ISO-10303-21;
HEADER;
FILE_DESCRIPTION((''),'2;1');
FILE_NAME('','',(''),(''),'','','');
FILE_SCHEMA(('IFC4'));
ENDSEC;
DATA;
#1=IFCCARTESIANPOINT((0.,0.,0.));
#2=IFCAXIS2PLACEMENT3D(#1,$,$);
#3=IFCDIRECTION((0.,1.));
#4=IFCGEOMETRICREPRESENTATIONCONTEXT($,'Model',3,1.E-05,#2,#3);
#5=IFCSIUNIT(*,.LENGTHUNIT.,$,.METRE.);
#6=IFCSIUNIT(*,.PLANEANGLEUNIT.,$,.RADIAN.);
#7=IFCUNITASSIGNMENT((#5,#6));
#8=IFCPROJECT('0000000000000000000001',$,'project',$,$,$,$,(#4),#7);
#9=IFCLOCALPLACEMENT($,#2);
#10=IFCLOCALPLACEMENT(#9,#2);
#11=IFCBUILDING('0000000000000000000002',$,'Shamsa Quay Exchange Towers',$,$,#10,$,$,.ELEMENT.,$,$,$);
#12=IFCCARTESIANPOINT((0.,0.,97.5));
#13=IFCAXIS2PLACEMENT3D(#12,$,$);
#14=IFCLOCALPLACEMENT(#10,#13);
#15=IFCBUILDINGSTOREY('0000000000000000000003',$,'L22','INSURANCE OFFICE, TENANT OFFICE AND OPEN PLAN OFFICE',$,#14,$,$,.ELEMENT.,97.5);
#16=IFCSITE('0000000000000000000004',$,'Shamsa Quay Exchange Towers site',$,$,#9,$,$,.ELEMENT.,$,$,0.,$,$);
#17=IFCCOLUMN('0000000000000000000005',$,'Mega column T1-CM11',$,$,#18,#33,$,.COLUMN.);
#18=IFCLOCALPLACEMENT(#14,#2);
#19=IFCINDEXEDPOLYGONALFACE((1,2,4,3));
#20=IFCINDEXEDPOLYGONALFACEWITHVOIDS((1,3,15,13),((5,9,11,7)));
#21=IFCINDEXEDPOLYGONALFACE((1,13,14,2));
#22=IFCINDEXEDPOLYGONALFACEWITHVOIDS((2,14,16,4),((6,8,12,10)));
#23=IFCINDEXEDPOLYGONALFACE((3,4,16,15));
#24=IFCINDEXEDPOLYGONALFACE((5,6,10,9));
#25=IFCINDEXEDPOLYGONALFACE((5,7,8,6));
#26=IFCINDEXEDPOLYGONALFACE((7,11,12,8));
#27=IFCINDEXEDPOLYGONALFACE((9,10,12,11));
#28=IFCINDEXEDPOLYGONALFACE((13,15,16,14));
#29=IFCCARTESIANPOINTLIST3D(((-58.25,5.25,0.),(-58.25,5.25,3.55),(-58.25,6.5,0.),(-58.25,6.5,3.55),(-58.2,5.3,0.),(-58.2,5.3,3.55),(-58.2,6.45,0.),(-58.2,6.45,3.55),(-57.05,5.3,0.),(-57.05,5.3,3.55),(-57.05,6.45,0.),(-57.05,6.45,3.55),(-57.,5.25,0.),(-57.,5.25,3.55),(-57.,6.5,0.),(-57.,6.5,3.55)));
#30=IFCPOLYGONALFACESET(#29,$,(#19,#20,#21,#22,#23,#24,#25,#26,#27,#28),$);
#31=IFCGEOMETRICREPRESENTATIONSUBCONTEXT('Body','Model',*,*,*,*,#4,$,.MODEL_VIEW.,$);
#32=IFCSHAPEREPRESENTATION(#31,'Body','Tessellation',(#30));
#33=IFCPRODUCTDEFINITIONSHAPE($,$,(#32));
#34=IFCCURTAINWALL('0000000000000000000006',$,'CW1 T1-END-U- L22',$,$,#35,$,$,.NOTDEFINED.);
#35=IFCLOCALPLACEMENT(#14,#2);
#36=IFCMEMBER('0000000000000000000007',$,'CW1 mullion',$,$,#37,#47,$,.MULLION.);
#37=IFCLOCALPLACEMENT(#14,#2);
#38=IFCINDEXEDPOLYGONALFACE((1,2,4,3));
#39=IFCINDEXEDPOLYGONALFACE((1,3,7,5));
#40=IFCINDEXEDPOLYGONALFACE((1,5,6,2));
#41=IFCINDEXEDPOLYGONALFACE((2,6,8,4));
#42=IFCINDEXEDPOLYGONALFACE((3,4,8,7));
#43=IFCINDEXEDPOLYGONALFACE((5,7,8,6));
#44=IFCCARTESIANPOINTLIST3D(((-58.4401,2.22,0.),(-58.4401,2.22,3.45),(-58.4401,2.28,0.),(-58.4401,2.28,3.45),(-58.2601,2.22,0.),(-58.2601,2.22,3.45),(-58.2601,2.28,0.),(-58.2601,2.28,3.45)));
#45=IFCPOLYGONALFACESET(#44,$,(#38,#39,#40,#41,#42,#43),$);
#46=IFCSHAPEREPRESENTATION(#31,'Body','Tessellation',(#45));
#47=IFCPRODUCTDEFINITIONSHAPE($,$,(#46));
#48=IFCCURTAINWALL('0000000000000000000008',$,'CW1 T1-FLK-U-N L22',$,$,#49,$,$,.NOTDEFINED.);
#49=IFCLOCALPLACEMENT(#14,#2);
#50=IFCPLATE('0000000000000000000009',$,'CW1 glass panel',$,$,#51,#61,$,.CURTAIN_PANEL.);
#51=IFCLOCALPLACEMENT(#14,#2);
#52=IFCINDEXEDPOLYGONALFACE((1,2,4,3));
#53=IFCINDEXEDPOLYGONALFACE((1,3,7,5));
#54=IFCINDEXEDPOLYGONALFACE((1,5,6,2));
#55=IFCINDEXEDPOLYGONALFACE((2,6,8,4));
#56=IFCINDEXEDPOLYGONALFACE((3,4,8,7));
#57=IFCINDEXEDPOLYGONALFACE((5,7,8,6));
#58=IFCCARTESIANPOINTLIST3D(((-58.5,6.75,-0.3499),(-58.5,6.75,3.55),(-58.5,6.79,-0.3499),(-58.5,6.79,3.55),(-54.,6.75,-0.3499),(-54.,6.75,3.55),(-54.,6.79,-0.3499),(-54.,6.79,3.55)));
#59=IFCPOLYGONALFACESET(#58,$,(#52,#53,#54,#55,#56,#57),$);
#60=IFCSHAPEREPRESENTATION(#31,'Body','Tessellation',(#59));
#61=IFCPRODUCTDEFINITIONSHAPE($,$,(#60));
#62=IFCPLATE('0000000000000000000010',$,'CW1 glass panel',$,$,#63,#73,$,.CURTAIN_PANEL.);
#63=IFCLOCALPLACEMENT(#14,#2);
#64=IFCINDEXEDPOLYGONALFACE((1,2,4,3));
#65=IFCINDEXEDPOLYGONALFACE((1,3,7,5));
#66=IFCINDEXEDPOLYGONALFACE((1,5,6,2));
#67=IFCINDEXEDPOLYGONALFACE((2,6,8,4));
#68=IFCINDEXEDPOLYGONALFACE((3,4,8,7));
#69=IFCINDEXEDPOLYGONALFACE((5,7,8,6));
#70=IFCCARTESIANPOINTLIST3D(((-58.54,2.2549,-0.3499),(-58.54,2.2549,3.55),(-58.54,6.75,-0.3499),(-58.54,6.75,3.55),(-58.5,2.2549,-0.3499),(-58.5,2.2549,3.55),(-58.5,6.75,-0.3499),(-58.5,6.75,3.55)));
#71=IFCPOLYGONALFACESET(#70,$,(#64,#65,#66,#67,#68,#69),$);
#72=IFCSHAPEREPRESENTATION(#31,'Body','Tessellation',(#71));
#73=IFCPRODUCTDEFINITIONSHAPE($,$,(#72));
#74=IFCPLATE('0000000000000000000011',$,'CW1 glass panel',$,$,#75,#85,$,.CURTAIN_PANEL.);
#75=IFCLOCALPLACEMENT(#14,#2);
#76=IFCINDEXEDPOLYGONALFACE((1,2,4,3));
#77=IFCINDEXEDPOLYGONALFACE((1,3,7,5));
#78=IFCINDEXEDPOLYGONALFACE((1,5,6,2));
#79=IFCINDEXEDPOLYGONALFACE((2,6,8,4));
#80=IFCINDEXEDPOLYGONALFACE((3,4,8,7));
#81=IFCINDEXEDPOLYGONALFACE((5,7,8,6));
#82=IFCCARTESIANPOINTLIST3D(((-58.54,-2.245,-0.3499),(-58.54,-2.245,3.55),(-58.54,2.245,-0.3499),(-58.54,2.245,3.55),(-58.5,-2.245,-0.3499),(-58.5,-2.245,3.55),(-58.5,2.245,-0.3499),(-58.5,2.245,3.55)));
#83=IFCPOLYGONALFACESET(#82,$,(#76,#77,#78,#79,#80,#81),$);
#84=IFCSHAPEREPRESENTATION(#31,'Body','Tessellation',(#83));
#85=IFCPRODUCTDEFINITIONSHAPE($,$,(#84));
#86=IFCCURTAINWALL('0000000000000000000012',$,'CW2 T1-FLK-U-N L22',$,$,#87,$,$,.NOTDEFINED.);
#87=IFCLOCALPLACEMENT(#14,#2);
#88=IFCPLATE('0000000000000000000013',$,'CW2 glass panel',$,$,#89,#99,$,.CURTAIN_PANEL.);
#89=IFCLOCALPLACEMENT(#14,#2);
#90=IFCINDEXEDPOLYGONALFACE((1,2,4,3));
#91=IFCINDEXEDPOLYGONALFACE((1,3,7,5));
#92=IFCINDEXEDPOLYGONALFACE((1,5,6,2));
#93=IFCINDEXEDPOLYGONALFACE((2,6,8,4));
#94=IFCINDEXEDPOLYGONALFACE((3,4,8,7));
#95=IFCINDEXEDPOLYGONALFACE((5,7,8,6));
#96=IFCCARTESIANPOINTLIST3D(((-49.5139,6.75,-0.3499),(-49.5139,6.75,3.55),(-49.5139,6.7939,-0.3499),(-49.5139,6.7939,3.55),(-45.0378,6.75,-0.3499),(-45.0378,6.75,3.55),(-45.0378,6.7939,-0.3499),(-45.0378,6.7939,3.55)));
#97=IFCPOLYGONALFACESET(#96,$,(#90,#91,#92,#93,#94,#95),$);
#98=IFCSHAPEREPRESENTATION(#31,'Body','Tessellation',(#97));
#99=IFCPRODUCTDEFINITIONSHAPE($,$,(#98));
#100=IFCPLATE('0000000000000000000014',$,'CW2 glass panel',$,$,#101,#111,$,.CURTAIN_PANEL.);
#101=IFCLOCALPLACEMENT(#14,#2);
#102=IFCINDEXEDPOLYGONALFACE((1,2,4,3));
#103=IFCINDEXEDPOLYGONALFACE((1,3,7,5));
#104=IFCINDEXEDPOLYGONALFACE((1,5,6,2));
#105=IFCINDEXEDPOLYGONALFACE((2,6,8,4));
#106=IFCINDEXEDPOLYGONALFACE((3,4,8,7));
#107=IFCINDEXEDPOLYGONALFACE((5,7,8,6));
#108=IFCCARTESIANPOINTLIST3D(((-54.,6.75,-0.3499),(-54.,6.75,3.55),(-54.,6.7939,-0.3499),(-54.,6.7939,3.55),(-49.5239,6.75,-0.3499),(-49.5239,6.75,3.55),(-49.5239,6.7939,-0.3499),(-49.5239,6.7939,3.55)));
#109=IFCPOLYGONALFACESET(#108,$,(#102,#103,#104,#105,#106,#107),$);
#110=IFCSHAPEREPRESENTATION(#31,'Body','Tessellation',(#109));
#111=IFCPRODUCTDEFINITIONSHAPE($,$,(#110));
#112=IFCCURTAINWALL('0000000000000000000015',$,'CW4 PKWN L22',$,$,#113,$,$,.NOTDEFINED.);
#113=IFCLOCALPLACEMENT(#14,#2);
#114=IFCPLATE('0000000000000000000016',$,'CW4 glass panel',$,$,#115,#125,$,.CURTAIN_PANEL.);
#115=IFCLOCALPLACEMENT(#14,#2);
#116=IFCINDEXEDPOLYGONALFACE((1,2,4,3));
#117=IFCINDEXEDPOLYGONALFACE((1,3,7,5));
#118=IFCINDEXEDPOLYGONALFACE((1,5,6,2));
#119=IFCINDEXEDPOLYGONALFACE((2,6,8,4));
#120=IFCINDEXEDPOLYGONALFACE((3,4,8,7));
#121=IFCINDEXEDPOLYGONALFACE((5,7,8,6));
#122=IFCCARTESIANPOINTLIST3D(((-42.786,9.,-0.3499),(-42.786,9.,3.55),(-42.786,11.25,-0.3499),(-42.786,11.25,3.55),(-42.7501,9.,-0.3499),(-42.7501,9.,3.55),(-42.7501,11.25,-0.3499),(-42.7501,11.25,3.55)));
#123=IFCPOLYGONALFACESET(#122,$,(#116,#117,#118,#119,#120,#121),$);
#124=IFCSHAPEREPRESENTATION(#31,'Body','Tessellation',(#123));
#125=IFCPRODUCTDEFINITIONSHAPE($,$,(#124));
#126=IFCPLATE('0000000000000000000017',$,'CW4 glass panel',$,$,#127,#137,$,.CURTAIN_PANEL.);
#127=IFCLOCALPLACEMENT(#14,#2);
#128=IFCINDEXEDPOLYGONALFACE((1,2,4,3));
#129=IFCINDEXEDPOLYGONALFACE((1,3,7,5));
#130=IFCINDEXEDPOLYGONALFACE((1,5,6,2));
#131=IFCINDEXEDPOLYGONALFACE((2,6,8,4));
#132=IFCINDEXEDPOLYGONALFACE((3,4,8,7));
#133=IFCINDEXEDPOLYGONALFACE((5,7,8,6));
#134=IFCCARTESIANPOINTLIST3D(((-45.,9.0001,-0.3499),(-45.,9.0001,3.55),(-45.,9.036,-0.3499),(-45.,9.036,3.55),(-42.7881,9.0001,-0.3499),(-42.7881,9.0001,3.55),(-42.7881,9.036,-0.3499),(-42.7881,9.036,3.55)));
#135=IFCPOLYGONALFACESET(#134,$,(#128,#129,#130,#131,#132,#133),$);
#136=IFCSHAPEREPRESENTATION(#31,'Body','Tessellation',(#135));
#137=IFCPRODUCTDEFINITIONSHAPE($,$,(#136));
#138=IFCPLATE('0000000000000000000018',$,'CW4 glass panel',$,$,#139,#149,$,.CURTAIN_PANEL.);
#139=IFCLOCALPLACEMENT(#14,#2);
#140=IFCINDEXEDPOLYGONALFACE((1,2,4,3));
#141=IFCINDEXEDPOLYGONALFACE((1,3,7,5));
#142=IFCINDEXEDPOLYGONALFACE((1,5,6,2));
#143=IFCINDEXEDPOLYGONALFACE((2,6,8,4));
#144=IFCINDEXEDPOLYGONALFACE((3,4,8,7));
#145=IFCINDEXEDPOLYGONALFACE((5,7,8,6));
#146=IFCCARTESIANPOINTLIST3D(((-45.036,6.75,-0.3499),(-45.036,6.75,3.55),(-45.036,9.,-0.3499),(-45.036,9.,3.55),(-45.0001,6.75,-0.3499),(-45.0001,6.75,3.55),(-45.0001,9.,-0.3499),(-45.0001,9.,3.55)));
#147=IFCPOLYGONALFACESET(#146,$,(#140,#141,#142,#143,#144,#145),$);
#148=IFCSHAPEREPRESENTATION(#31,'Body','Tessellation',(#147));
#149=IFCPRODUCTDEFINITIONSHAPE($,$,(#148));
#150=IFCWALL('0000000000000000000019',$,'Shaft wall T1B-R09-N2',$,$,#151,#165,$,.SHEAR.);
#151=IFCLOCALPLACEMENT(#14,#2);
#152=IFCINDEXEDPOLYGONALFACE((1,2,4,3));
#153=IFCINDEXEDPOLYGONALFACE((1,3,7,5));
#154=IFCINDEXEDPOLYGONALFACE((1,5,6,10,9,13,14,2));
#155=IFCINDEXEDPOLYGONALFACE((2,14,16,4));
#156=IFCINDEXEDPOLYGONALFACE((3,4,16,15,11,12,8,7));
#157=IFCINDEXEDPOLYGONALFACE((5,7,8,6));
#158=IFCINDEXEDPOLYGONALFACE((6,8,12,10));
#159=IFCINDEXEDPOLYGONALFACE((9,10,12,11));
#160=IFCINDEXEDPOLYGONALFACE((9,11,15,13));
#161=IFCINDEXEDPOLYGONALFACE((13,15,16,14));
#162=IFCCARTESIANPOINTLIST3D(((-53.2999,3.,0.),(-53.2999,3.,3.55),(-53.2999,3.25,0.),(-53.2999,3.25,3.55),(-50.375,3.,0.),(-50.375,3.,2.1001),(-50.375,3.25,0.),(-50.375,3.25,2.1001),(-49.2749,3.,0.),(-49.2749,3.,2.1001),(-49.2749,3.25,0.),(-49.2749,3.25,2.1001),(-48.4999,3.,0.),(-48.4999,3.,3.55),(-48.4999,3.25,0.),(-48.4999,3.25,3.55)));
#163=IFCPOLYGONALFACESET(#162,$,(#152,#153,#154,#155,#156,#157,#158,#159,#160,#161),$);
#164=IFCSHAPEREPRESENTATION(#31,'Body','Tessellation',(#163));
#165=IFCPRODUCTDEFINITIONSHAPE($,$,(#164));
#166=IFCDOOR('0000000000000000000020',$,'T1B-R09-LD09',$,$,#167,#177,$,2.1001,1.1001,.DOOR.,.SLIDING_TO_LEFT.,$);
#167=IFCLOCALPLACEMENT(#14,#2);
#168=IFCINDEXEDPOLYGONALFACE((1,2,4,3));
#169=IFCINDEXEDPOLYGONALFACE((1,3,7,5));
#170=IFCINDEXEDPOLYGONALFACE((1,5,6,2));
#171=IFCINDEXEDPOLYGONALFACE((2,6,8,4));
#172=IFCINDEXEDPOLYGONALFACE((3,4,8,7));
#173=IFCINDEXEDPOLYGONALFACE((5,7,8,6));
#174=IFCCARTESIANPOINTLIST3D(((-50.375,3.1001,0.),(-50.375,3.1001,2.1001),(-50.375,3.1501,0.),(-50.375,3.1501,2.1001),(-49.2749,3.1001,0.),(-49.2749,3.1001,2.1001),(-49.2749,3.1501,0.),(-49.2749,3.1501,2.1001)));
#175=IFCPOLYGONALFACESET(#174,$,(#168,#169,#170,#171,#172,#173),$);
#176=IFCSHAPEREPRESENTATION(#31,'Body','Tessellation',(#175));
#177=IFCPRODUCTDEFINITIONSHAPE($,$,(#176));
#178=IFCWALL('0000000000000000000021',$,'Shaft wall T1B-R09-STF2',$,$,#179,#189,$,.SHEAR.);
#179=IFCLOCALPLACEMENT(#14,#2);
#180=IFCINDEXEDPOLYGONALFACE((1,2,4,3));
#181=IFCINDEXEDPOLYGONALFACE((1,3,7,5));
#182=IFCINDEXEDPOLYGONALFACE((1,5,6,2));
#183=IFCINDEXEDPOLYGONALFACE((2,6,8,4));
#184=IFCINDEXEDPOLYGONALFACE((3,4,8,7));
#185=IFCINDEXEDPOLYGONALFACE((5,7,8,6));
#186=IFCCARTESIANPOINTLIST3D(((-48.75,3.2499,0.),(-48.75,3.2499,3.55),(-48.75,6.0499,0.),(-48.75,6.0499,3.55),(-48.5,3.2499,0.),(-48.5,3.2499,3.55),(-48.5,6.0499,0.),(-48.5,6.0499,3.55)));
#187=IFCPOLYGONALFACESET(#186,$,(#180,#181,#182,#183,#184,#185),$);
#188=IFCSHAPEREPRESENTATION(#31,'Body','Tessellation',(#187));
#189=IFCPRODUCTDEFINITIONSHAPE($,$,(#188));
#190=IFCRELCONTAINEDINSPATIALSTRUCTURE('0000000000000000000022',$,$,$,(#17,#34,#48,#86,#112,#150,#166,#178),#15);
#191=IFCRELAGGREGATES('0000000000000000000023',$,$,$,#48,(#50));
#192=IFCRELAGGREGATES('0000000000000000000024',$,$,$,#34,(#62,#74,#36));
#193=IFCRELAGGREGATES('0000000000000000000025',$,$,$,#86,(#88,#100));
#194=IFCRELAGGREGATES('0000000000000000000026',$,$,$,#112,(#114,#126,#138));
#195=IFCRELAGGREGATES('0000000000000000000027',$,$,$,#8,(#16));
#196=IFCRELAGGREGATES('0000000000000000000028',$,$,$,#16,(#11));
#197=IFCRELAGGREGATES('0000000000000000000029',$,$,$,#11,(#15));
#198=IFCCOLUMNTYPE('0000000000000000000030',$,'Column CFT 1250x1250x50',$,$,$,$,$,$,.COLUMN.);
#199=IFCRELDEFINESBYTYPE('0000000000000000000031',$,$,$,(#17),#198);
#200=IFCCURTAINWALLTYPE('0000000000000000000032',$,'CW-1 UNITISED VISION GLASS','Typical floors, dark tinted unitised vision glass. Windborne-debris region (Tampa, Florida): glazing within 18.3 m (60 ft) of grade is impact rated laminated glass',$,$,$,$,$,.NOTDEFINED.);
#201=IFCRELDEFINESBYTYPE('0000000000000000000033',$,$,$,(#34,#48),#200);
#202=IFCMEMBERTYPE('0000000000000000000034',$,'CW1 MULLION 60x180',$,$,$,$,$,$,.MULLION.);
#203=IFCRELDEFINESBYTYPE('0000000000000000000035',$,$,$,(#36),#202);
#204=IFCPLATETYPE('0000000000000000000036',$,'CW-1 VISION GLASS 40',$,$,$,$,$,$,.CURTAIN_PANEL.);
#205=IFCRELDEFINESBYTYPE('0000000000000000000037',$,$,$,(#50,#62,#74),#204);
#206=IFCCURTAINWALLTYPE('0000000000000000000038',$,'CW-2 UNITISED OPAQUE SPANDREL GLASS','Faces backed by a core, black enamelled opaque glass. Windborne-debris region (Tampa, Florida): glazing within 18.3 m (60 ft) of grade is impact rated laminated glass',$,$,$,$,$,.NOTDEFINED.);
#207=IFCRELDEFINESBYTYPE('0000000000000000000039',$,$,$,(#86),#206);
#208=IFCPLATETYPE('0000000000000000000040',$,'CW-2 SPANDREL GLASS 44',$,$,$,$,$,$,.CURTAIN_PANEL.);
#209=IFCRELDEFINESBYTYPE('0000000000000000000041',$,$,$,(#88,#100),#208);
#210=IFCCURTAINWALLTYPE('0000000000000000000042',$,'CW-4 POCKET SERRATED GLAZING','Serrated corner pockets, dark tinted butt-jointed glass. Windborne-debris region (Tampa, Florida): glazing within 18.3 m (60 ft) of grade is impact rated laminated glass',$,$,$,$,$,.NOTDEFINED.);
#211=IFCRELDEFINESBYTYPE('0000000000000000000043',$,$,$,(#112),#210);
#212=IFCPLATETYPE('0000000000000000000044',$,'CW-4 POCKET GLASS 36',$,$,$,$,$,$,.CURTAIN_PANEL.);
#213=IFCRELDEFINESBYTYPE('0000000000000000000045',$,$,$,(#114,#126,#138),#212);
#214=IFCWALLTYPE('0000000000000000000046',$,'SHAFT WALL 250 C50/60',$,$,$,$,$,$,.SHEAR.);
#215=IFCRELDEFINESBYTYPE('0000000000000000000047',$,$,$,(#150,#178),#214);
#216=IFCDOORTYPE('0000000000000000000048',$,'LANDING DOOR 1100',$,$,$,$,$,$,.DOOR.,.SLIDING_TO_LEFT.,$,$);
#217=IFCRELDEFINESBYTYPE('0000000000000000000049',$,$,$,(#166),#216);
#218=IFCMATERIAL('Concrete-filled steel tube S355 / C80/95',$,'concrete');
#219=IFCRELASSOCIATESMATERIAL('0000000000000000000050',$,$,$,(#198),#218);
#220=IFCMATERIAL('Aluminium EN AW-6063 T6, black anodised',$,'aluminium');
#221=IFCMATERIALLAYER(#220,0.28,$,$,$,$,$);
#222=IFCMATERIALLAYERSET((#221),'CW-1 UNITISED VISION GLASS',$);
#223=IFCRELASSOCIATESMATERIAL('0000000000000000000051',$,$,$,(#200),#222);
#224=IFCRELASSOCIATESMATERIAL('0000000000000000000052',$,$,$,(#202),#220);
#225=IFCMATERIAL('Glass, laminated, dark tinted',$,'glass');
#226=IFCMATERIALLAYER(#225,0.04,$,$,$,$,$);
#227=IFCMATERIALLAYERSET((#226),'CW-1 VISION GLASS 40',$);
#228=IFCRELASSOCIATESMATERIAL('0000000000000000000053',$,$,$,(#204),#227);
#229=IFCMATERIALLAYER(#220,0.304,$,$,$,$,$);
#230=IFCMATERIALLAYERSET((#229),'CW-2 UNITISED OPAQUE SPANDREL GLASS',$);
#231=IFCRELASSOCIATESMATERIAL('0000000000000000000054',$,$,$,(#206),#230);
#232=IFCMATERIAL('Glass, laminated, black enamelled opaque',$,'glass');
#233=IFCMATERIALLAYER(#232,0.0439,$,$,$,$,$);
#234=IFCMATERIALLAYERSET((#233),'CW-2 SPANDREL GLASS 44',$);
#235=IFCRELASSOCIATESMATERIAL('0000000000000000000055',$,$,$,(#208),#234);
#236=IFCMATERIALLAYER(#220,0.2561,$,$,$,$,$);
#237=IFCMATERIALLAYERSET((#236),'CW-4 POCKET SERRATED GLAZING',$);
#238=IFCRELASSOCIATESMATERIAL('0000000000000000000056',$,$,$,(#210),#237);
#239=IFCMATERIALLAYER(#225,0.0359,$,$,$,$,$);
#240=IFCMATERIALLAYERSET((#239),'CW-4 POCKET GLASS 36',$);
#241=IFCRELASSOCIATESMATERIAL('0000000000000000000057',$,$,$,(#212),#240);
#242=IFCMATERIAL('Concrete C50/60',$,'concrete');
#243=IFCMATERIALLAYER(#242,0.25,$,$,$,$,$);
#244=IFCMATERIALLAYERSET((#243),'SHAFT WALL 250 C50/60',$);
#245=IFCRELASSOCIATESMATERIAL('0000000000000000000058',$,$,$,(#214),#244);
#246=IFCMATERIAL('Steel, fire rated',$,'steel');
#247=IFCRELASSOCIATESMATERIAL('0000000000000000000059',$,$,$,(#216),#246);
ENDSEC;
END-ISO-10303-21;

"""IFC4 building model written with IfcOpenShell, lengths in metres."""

from ifc_helpers import new_model, si_unit, direction, frame, frame_2d, origin, origin_2d, place, context, subcontext, project, spatial, rectangle, hollow_rectangle, extrude, material, layer, layer_set, material_profile, profile_set, type_object, element, fill, aggregate, save


model = new_model("IFC4")

# Units and contexts
model_context = context("Model", 3, precision=1e-05, world=origin(), true_north=direction((0.0, 1.0)))
body_context = subcontext(model_context, "Body", "Model", "MODEL_VIEW")
ifc_project = project(units=[si_unit("LENGTHUNIT", "METRE"), si_unit("PLANEANGLEUNIT", "RADIAN")], contexts=[model_context])

# Site, building, storey
site_placement = place(None, origin())
site = spatial("IfcSite", under=ifc_project, at=site_placement, Name="Shamsa Quay Exchange Towers site", CompositionType="ELEMENT", RefElevation=0.0)
building_placement = place(site_placement, origin())
building = spatial("IfcBuilding", under=site, at=building_placement, Name="Shamsa Quay Exchange Towers", CompositionType="ELEMENT")
storey_placement = place(building_placement, frame((0.0, 0.0, 97.5)))
storey = spatial("IfcBuildingStorey", under=building, at=storey_placement, Name="L22", Description="INSURANCE OFFICE, TENANT OFFICE AND OPEN PLAN OFFICE", CompositionType="ELEMENT", Elevation=97.5)

# Column
ifc_material_1 = material(Name="Concrete-filled steel tube S355 / C80/95", Category="concrete")
ifc_material_profile_1 = material_profile(ifc_material_1, hollow_rectangle(XDim=1.25, YDim=1.25, WallThickness=0.05, at=origin_2d()), Name="CFT 1250x1250x50")
ifc_profile_set_1 = profile_set([ifc_material_profile_1], Name="Concrete-filled steel tube S355 / C80/95")
column_type = type_object("IfcColumnType", Name="Column CFT 1250x1250x50", PredefinedType="COLUMN", material=ifc_profile_set_1)
column_placement = place(storey_placement, frame((-57.625, 5.875, 0.0)))
element("IfcColumn", 1, at=column_placement, inside=storey, type_object=column_type, Name="Mega column T1-CM11", PredefinedType="COLUMN", context=body_context, shape_type="SweptSolid", body=[
    extrude(hollow_rectangle(XDim=1.25, YDim=1.25, WallThickness=0.05, at=origin_2d()), origin(), (0.0, 0.0, 1.0), 3.55),
])

# Curtain wall, member
ifc_material_2 = material(Name="Aluminium EN AW-6063 T6, black anodised", Category="aluminium")
ifc_layer_1 = layer(ifc_material_2, 0.28)
ifc_layer_set_1 = layer_set([ifc_layer_1], Name="CW-1 UNITISED VISION GLASS")
curtain_wall_type_1 = type_object("IfcCurtainWallType", Name="CW-1 UNITISED VISION GLASS", Description="Typical floors, dark tinted unitised vision glass. Windborne-debris region (Tampa, Florida): glazing within 18.3 m (60 ft) of grade is impact rated laminated glass", PredefinedType="NOTDEFINED", material=ifc_layer_set_1)
curtain_wall_1_placement = place(storey_placement, origin())
curtain_wall_1 = element("IfcCurtainWall", 2, at=curtain_wall_1_placement, inside=storey, type_object=curtain_wall_type_1, Name="CW1 T1-END-U- L22", PredefinedType="NOTDEFINED")
ifc_material_profile_2 = material_profile(ifc_material_2, rectangle(XDim=0.1799, YDim=0.0601, at=origin_2d()), Name="MU60x180")
ifc_profile_set_2 = profile_set([ifc_material_profile_2], Name="Aluminium EN AW-6063 T6, black anodised")
member_type = type_object("IfcMemberType", Name="CW1 MULLION 60x180", PredefinedType="MULLION", material=ifc_profile_set_2)
member_placement = place(storey_placement, frame((-58.3501, 2.25, 0.0)))
member = element("IfcMember", 3, at=member_placement, type_object=member_type, Name="CW1 mullion", PredefinedType="MULLION", context=body_context, shape_type="SweptSolid", body=[
    extrude(rectangle(XDim=0.1799, YDim=0.0601, at=origin_2d()), origin(), (0.0, 0.0, 1.0), 3.45),
])

# Curtain wall, plate
curtain_wall_2_placement = place(storey_placement, origin())
curtain_wall_2 = element("IfcCurtainWall", 4, at=curtain_wall_2_placement, inside=storey, type_object=curtain_wall_type_1, Name="CW1 T1-FLK-U-N L22", PredefinedType="NOTDEFINED")
ifc_material_3 = material(Name="Glass, laminated, dark tinted", Category="glass")
ifc_layer_2 = layer(ifc_material_3, 0.04)
ifc_layer_set_2 = layer_set([ifc_layer_2], Name="CW-1 VISION GLASS 40")
plate_type_1 = type_object("IfcPlateType", Name="CW-1 VISION GLASS 40", PredefinedType="CURTAIN_PANEL", material=ifc_layer_set_2)
plate_1_placement = place(storey_placement, frame((-56.25, 6.77, -0.3499), z_axis=(0.0, 0.0, 1.0), x_axis=(-1.0, 0.0, 0.0)))
plate_1 = element("IfcPlate", 5, at=plate_1_placement, type_object=plate_type_1, Name="CW1 glass panel", PredefinedType="CURTAIN_PANEL", context=body_context, shape_type="SweptSolid", body=[
    extrude(rectangle(XDim=4.5, YDim=0.04, at=origin_2d()), origin(), (0.0, 0.0, 1.0), 3.8999),
])
aggregate(curtain_wall_2, [plate_1])

# Plates
plate_2_placement = place(storey_placement, frame((-58.52, 4.5024, -0.3499), z_axis=(0.0, 0.0, 1.0), x_axis=(0.0, -1.0, 0.0)))
plate_2 = element("IfcPlate", 6, at=plate_2_placement, type_object=plate_type_1, Name="CW1 glass panel", PredefinedType="CURTAIN_PANEL", context=body_context, shape_type="SweptSolid", body=[
    extrude(rectangle(XDim=4.4951, YDim=0.04, at=origin_2d()), origin(), (0.0, 0.0, 1.0), 3.8999),
])
plate_3_placement = place(storey_placement, frame((-58.52, 0.0, -0.3499), z_axis=(0.0, 0.0, 1.0), x_axis=(0.0, -1.0, 0.0)))
plate_3 = element("IfcPlate", 7, at=plate_3_placement, type_object=plate_type_1, Name="CW1 glass panel", PredefinedType="CURTAIN_PANEL", context=body_context, shape_type="SweptSolid", body=[
    extrude(rectangle(XDim=4.49, YDim=0.04, at=origin_2d()), origin(), (0.0, 0.0, 1.0), 3.8999),
])
aggregate(curtain_wall_1, [plate_2, plate_3, member])

# Curtain walls, plates
ifc_layer_3 = layer(ifc_material_2, 0.304)
ifc_layer_set_3 = layer_set([ifc_layer_3], Name="CW-2 UNITISED OPAQUE SPANDREL GLASS")
curtain_wall_type_2 = type_object("IfcCurtainWallType", Name="CW-2 UNITISED OPAQUE SPANDREL GLASS", Description="Faces backed by a core, black enamelled opaque glass. Windborne-debris region (Tampa, Florida): glazing within 18.3 m (60 ft) of grade is impact rated laminated glass", PredefinedType="NOTDEFINED", material=ifc_layer_set_3)
curtain_wall_3_placement = place(storey_placement, origin())
curtain_wall_3 = element("IfcCurtainWall", 8, at=curtain_wall_3_placement, inside=storey, type_object=curtain_wall_type_2, Name="CW2 T1-FLK-U-N L22", PredefinedType="NOTDEFINED")
ifc_material_4 = material(Name="Glass, laminated, black enamelled opaque", Category="glass")
ifc_layer_4 = layer(ifc_material_4, 0.0439)
ifc_layer_set_4 = layer_set([ifc_layer_4], Name="CW-2 SPANDREL GLASS 44")
plate_type_2 = type_object("IfcPlateType", Name="CW-2 SPANDREL GLASS 44", PredefinedType="CURTAIN_PANEL", material=ifc_layer_set_4)
plate_4_placement = place(storey_placement, frame((-47.2759, 6.772, -0.3499), z_axis=(0.0, 0.0, 1.0), x_axis=(-1.0, 0.0, 0.0)))
plate_4 = element("IfcPlate", 9, at=plate_4_placement, type_object=plate_type_2, Name="CW2 glass panel", PredefinedType="CURTAIN_PANEL", context=body_context, shape_type="SweptSolid", body=[
    extrude(rectangle(XDim=4.4761, YDim=0.0439, at=origin_2d()), origin(), (0.0, 0.0, 1.0), 3.8999),
])
plate_5_placement = place(storey_placement, frame((-51.762, 6.772, -0.3499), z_axis=(0.0, 0.0, 1.0), x_axis=(-1.0, 0.0, 0.0)))
plate_5 = element("IfcPlate", 10, at=plate_5_placement, type_object=plate_type_2, Name="CW2 glass panel", PredefinedType="CURTAIN_PANEL", context=body_context, shape_type="SweptSolid", body=[
    extrude(rectangle(XDim=4.4761, YDim=0.0439, at=origin_2d()), origin(), (0.0, 0.0, 1.0), 3.8999),
])
aggregate(curtain_wall_3, [plate_4, plate_5])
ifc_layer_5 = layer(ifc_material_2, 0.2561)
ifc_layer_set_5 = layer_set([ifc_layer_5], Name="CW-4 POCKET SERRATED GLAZING")
curtain_wall_type_3 = type_object("IfcCurtainWallType", Name="CW-4 POCKET SERRATED GLAZING", Description="Serrated corner pockets, dark tinted butt-jointed glass. Windborne-debris region (Tampa, Florida): glazing within 18.3 m (60 ft) of grade is impact rated laminated glass", PredefinedType="NOTDEFINED", material=ifc_layer_set_5)
curtain_wall_4_placement = place(storey_placement, origin())
curtain_wall_4 = element("IfcCurtainWall", 11, at=curtain_wall_4_placement, inside=storey, type_object=curtain_wall_type_3, Name="CW4 PKWN L22", PredefinedType="NOTDEFINED")
ifc_layer_6 = layer(ifc_material_3, 0.0359)
ifc_layer_set_6 = layer_set([ifc_layer_6], Name="CW-4 POCKET GLASS 36")
plate_type_3 = type_object("IfcPlateType", Name="CW-4 POCKET GLASS 36", PredefinedType="CURTAIN_PANEL", material=ifc_layer_set_6)
plate_6_placement = place(storey_placement, frame((-42.7681, 10.125, -0.3499), z_axis=(0.0, 0.0, 1.0), x_axis=(0.0, -1.0, 0.0)))
plate_6 = element("IfcPlate", 12, at=plate_6_placement, type_object=plate_type_3, Name="CW4 glass panel", PredefinedType="CURTAIN_PANEL", context=body_context, shape_type="SweptSolid", body=[
    extrude(rectangle(XDim=2.25, YDim=0.0359, at=origin_2d()), origin(), (0.0, 0.0, 1.0), 3.8999),
])
plate_7_placement = place(storey_placement, frame((-43.894, 9.0181, -0.3499), z_axis=(0.0, 0.0, 1.0), x_axis=(-1.0, 0.0, 0.0)))
plate_7 = element("IfcPlate", 13, at=plate_7_placement, type_object=plate_type_3, Name="CW4 glass panel", PredefinedType="CURTAIN_PANEL", context=body_context, shape_type="SweptSolid", body=[
    extrude(rectangle(XDim=2.2119, YDim=0.0359, at=origin_2d()), origin(), (0.0, 0.0, 1.0), 3.8999),
])
plate_8_placement = place(storey_placement, frame((-45.0181, 7.875, -0.3499), z_axis=(0.0, 0.0, 1.0), x_axis=(0.0, -1.0, 0.0)))
plate_8 = element("IfcPlate", 14, at=plate_8_placement, type_object=plate_type_3, Name="CW4 glass panel", PredefinedType="CURTAIN_PANEL", context=body_context, shape_type="SweptSolid", body=[
    extrude(rectangle(XDim=2.25, YDim=0.0359, at=origin_2d()), origin(), (0.0, 0.0, 1.0), 3.8999),
])
aggregate(curtain_wall_4, [plate_6, plate_7, plate_8])

# Wall, opening, door
ifc_material_5 = material(Name="Concrete C50/60", Category="concrete")
ifc_layer_7 = layer(ifc_material_5, 0.25)
ifc_layer_set_7 = layer_set([ifc_layer_7], Name="SHAFT WALL 250 C50/60")
wall_type_1 = type_object("IfcWallType", Name="SHAFT WALL 250 C50/60", PredefinedType="SHEAR", material=ifc_layer_set_7)
wall_1_placement = place(storey_placement, frame((-48.5, 3.125, 0.0), z_axis=(0.0, 0.0, 1.0), x_axis=(-1.0, 0.0, 0.0)))
wall_1 = element("IfcWall", 15, at=wall_1_placement, inside=storey, type_object=wall_type_1, Name="Shaft wall T1B-R09-N2", PredefinedType="SHEAR", context=body_context, shape_type="SweptSolid", body=[
    extrude(rectangle(XDim=4.8, YDim=0.25, at=frame_2d((2.3999, 0.0))), origin(), (0.0, 0.0, 1.0), 3.55),
])
opening_1_placement = place(wall_1_placement, frame((0.7749, 0.0, 0.0)))
opening_1 = element("IfcOpeningElement", 16, at=opening_1_placement, cuts=wall_1, PredefinedType="OPENING", context=body_context, shape_type="SweptSolid", body=[
    extrude(rectangle(XDim=1.1001, YDim=2.1001, at=frame_2d((0.55, 1.05))), frame((0.0, 0.135, 0.0), z_axis=(0.0, -1.0, 0.0), x_axis=(1.0, 0.0, 0.0)), (0.0, 0.0, 1.0), 0.27),
])
ifc_material_6 = material(Name="Steel, fire rated", Category="steel")
door_type_1 = type_object("IfcDoorType", Name="LANDING DOOR 1100", OperationType="SLIDING_TO_LEFT", PredefinedType="DOOR", material=ifc_material_6)
door_1_placement = place(opening_1_placement, origin())
door_1 = element("IfcDoor", 17, at=door_1_placement, inside=storey, type_object=door_type_1, Name="T1B-R09-LD09", OperationType="SLIDING_TO_LEFT", OverallHeight=2.1001, OverallWidth=1.1001, PredefinedType="DOOR", context=body_context, shape_type="SweptSolid", body=[
    extrude(rectangle(XDim=1.1001, YDim=2.1001, at=frame_2d((0.55, 1.05))), frame((0.0, 0.0249, 0.0), z_axis=(0.0, -1.0, 0.0), x_axis=(1.0, 0.0, 0.0)), (0.0, 0.0, 1.0), 0.05),
])
fill(opening_1, door_1)

# Wall
for number, where, z_axis, x_axis, name in (
    (18, (-48.625, 3.25, 0.0), (0.0, 0.0, 1.0), (0.0, 1.0, 0.0), "Shaft wall T1B-R09-STF2"),
):
    element("IfcWall", number, at=place(storey_placement, frame(where, z_axis=z_axis, x_axis=x_axis)), inside=storey, type_object=wall_type_1, Name=name, PredefinedType="SHEAR", context=body_context, shape_type="SweptSolid", body=[
        extrude(rectangle(XDim=2.8, YDim=0.25, at=frame_2d((1.3999, 0.0))), origin(), (0.0, 0.0, 1.0), 3.55),
    ])

save(model, "model.ifc")
